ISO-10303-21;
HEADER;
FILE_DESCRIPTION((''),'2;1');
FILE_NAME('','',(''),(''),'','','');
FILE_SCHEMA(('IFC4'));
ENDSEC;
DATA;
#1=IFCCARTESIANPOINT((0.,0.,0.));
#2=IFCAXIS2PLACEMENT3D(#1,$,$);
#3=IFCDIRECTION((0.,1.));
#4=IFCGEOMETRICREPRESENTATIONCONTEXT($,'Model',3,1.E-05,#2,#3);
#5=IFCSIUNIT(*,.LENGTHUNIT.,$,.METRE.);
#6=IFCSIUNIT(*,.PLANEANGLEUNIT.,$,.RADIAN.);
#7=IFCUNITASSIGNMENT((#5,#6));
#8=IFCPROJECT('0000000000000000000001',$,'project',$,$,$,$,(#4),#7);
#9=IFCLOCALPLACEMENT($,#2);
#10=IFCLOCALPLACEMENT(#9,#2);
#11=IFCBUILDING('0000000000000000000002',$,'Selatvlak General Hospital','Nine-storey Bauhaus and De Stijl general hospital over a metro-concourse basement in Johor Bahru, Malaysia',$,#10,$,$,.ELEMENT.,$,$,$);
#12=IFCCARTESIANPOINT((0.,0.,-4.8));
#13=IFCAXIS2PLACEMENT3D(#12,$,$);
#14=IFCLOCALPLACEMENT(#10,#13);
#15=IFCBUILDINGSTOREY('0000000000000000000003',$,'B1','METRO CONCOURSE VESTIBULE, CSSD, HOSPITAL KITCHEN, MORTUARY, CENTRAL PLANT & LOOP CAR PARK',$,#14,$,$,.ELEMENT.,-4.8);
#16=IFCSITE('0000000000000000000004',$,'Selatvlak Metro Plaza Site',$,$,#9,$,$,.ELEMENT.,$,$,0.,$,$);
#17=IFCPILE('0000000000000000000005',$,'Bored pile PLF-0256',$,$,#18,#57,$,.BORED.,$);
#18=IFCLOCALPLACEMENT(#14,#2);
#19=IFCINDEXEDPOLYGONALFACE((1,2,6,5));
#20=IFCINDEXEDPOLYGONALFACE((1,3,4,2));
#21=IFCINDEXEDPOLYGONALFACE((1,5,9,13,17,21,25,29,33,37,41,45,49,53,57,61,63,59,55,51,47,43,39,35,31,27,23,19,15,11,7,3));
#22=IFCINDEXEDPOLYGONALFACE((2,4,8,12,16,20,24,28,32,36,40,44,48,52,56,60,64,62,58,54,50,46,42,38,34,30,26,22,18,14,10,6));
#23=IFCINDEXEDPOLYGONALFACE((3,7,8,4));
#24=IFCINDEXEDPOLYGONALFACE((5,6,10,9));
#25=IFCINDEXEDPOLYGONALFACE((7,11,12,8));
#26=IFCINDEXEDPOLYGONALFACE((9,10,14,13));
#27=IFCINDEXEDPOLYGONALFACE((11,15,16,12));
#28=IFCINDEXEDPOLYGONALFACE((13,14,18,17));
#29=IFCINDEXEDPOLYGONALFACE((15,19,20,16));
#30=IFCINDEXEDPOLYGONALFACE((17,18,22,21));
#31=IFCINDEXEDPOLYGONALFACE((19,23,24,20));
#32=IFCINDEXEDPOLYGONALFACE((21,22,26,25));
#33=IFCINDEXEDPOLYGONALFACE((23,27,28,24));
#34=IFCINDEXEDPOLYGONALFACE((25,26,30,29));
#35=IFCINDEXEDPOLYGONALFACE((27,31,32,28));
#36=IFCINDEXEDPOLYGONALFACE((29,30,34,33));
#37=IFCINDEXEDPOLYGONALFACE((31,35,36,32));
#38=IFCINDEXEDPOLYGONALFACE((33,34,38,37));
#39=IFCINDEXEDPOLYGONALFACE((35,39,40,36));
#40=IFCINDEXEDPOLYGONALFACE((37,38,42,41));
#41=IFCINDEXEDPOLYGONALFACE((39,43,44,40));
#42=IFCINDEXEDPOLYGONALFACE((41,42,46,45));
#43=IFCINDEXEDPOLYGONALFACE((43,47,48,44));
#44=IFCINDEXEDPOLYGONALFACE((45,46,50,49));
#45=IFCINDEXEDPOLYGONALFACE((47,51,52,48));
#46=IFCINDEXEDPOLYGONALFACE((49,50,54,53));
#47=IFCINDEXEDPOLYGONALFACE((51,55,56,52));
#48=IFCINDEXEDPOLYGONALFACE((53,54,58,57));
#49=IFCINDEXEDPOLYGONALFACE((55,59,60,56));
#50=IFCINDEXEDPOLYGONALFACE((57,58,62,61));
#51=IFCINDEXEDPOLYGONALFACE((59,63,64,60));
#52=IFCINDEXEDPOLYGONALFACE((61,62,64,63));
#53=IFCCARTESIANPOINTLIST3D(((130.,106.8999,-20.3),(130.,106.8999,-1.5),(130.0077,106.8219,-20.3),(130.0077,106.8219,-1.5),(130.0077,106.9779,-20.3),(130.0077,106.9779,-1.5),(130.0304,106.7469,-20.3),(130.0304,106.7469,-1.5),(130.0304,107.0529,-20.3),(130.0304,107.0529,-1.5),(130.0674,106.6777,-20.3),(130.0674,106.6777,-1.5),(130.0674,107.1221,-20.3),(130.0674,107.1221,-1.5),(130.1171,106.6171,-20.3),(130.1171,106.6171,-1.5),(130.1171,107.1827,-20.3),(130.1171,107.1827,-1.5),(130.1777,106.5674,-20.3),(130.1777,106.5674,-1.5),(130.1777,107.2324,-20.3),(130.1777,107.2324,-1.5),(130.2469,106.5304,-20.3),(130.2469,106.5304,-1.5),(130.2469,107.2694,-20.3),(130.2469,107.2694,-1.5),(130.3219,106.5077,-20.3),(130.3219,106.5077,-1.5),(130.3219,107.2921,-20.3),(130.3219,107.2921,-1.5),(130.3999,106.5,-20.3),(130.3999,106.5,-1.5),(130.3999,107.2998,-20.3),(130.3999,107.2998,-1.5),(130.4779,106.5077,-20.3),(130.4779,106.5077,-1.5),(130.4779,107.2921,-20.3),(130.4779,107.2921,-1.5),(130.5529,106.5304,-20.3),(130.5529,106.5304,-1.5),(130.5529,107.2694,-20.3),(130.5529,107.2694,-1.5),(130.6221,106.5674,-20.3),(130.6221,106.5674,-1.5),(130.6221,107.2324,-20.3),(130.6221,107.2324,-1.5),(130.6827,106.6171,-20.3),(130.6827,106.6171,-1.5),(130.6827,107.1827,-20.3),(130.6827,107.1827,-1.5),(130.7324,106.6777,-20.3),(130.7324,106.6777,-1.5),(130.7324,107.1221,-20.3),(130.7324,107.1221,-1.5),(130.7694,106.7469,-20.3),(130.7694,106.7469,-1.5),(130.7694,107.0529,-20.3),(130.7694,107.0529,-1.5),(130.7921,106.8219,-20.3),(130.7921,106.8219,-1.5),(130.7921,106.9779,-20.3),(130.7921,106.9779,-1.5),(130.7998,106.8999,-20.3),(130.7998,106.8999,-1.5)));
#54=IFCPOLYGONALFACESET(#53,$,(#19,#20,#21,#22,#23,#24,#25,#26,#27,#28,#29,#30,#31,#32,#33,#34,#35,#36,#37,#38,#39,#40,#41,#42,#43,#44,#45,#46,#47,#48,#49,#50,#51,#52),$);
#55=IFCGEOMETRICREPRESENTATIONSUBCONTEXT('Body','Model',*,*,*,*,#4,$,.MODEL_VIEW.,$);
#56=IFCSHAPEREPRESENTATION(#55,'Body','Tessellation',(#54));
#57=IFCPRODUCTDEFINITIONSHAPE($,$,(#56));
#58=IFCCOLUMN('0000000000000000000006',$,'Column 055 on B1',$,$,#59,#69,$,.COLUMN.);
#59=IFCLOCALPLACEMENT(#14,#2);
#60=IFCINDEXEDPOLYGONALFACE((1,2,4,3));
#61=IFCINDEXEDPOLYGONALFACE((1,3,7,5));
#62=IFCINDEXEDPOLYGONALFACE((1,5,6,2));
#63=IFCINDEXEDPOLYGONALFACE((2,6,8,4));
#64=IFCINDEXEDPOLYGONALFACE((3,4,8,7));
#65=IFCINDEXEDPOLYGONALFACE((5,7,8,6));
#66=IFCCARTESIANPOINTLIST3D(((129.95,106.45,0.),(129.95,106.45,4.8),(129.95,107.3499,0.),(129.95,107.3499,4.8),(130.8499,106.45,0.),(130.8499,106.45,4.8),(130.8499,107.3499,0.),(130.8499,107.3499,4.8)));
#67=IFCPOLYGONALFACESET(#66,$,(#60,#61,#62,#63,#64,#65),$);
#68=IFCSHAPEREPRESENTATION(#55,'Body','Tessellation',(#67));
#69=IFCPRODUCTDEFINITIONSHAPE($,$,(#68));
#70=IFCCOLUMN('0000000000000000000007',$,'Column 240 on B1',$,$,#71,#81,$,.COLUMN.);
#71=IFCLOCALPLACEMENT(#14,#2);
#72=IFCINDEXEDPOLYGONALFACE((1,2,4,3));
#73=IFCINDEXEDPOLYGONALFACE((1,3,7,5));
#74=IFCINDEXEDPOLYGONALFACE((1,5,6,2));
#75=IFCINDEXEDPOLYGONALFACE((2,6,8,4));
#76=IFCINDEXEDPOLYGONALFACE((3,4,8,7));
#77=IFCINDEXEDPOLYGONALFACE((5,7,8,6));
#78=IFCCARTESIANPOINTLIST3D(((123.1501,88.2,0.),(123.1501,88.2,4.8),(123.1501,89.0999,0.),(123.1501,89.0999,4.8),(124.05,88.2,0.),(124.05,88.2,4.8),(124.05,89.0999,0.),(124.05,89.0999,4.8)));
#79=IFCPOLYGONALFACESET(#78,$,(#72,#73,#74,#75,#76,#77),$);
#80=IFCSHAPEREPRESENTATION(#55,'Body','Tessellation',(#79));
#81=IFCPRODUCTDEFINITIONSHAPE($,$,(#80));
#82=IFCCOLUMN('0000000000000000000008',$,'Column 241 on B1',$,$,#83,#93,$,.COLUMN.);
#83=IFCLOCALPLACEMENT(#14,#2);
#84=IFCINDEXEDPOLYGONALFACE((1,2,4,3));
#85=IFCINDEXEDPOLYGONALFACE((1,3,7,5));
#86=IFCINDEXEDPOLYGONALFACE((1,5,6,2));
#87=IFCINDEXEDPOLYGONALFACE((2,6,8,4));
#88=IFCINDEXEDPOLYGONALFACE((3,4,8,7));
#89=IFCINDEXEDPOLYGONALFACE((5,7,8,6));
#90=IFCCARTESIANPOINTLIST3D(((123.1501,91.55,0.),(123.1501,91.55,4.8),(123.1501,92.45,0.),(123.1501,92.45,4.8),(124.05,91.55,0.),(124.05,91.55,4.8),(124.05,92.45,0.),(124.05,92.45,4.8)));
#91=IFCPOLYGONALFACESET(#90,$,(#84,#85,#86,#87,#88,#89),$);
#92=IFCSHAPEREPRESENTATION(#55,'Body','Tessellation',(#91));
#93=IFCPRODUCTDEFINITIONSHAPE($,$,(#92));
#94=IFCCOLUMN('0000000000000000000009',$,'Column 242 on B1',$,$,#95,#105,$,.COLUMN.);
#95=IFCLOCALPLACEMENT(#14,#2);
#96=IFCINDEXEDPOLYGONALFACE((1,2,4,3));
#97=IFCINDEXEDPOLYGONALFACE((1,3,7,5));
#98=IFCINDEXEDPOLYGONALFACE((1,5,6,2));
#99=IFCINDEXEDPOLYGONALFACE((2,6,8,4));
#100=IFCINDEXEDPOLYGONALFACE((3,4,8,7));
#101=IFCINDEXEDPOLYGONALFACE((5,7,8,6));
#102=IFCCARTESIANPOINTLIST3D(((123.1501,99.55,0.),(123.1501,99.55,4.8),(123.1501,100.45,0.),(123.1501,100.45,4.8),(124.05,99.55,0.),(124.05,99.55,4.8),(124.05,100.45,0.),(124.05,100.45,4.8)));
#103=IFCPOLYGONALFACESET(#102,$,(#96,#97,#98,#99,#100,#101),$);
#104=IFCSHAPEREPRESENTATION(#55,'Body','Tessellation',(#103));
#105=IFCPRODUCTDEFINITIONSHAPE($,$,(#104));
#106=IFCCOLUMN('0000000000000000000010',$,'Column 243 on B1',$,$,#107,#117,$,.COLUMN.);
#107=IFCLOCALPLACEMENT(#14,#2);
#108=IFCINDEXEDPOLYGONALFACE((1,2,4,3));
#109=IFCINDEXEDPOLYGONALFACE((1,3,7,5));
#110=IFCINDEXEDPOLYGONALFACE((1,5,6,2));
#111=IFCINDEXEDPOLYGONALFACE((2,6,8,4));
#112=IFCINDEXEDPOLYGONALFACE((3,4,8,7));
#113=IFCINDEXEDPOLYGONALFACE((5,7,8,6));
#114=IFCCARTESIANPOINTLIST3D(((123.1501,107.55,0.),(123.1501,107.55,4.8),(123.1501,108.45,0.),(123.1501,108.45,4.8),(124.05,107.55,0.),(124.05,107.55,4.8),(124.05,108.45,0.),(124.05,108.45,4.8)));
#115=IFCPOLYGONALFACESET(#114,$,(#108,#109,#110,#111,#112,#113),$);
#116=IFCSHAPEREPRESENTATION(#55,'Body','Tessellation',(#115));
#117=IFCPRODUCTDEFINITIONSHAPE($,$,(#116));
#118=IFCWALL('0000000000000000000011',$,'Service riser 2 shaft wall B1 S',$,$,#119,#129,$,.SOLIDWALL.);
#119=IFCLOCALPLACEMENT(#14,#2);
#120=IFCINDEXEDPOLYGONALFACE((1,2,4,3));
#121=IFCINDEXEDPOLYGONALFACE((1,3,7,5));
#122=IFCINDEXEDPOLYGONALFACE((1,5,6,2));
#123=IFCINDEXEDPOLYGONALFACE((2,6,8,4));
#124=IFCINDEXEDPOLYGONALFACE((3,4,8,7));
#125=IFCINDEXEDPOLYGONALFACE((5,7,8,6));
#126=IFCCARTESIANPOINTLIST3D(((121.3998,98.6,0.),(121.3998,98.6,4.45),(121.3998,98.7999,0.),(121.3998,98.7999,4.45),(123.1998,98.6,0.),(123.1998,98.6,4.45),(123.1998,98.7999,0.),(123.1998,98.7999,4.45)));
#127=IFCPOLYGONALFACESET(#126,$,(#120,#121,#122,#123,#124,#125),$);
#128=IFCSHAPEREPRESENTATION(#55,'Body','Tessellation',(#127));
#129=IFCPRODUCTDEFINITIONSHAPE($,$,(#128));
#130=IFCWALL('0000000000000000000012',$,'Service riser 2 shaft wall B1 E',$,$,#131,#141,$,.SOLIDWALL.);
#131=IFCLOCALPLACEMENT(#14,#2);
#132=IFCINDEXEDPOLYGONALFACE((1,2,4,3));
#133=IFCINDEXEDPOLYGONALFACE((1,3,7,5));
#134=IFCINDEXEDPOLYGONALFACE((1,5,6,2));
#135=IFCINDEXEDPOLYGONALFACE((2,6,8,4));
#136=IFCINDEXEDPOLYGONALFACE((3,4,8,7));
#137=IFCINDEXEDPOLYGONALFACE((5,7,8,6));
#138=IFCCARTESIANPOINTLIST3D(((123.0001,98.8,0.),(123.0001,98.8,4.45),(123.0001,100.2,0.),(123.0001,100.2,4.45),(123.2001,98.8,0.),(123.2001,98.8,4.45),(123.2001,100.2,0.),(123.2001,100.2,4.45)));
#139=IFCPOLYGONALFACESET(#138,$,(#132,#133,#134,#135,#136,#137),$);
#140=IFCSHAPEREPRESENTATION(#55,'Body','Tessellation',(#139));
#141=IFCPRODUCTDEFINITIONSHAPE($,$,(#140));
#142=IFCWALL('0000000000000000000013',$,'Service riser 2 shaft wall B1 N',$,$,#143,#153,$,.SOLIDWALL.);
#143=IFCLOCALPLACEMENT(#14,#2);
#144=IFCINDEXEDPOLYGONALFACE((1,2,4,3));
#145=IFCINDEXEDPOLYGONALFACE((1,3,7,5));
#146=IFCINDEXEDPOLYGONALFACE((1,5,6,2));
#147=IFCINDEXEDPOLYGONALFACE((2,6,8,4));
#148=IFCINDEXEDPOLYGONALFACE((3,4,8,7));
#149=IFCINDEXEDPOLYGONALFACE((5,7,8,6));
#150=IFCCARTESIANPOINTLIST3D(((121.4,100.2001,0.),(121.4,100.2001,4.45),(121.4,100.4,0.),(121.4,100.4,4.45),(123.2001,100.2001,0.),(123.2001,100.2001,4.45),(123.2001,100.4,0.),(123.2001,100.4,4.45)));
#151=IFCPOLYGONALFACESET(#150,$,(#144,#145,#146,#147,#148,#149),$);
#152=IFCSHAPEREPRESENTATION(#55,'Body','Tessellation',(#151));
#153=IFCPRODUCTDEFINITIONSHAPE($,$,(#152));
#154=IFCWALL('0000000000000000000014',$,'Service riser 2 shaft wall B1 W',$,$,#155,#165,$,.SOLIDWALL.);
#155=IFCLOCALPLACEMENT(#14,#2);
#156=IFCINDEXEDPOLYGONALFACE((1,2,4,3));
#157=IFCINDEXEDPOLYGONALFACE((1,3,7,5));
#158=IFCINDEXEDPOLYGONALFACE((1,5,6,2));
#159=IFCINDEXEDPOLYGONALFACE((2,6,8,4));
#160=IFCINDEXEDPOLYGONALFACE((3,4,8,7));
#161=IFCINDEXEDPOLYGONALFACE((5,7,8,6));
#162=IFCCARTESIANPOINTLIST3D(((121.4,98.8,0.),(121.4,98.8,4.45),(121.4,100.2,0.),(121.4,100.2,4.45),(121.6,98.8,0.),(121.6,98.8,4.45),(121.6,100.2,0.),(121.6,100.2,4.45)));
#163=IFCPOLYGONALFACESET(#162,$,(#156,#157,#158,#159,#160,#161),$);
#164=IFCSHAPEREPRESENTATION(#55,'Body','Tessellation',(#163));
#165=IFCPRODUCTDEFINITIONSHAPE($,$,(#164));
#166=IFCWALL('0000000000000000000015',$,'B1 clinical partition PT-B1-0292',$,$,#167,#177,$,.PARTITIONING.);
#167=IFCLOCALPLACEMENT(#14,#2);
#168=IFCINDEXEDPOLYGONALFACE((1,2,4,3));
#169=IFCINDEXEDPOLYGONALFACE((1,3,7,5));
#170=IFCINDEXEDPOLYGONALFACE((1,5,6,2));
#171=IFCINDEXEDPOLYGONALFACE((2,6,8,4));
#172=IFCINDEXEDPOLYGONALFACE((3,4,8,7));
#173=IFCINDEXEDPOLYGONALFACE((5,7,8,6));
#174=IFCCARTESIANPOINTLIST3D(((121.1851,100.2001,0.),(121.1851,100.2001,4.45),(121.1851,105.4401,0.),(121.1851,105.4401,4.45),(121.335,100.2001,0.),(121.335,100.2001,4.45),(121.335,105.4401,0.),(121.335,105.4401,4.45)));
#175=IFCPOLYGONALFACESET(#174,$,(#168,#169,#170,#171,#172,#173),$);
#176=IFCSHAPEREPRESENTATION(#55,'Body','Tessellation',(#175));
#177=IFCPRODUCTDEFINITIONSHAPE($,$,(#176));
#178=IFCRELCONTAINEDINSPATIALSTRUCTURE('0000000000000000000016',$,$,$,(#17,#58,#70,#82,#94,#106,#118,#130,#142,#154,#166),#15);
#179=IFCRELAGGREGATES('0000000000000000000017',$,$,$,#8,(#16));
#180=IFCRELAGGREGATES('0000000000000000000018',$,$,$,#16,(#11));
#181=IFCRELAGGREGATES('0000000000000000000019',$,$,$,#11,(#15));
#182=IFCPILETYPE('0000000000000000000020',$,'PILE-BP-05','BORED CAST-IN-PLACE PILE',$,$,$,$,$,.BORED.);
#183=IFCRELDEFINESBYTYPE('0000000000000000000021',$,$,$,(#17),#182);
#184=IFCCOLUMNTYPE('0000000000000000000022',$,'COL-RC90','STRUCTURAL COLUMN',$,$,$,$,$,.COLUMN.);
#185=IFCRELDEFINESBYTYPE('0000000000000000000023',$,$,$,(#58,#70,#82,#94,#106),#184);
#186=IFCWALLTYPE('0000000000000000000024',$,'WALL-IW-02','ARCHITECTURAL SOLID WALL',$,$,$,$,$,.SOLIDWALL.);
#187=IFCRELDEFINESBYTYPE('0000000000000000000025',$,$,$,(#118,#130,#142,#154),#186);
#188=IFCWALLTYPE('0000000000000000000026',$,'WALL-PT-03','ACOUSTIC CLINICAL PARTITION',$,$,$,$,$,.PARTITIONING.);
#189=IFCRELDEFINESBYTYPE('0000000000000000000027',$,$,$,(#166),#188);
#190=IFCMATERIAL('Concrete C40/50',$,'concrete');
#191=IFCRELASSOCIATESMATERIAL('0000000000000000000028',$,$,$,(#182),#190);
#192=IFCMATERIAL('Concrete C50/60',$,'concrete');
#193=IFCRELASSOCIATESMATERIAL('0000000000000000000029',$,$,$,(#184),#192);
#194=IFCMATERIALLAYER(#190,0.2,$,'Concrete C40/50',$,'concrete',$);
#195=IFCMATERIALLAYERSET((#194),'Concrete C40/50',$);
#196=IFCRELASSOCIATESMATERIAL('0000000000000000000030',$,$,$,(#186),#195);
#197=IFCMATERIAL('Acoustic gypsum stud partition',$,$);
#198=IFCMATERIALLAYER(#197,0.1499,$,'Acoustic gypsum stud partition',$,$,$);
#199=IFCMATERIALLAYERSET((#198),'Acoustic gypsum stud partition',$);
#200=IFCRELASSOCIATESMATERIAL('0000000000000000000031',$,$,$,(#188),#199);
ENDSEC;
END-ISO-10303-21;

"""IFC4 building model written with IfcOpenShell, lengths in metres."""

from ifc_helpers import new_model, si_unit, direction, frame, frame_2d, origin, origin_2d, place, context, subcontext, project, spatial, rectangle, circle, extrude, material, layer, layer_set, material_profile, profile_set, type_object, element, save


model = new_model("IFC4")

# Units and contexts
model_context = context("Model", 3, precision=1e-05, world=origin(), true_north=direction((0.0, 1.0)))
body_context = subcontext(model_context, "Body", "Model", "MODEL_VIEW")
ifc_project = project(units=[si_unit("LENGTHUNIT", "METRE"), si_unit("PLANEANGLEUNIT", "RADIAN")], contexts=[model_context])

# Site, building, storey
site_placement = place(None, origin())
site = spatial("IfcSite", under=ifc_project, at=site_placement, Name="Selatvlak Metro Plaza Site", CompositionType="ELEMENT", RefElevation=0.0)
building_placement = place(site_placement, origin())
building = spatial("IfcBuilding", under=site, at=building_placement, Name="Selatvlak General Hospital", Description="Nine-storey Bauhaus and De Stijl general hospital over a metro-concourse basement in Johor Bahru, Malaysia", CompositionType="ELEMENT")
storey_placement = place(building_placement, frame((0.0, 0.0, -4.8)))
storey = spatial("IfcBuildingStorey", under=building, at=storey_placement, Name="B1", Description="METRO CONCOURSE VESTIBULE, CSSD, HOSPITAL KITCHEN, MORTUARY, CENTRAL PLANT & LOOP CAR PARK", CompositionType="ELEMENT", Elevation=-4.8)

# Shared definitions
ifc_material_1 = material(Name="Concrete C40/50", Category="concrete")

# Pile
ifc_material_profile_1 = material_profile(ifc_material_1, circle(Radius=0.3999, at=origin_2d()), Name="BORED PILE 800")
ifc_profile_set_1 = profile_set([ifc_material_profile_1], Name="Concrete C40/50")
pile_type_1 = type_object("IfcPileType", Name="PILE-BP-05", Description="BORED CAST-IN-PLACE PILE", PredefinedType="BORED", material=ifc_profile_set_1)
pile_1_placement = place(storey_placement, frame((130.3999, 106.8999, -1.5), z_axis=(0.0, 0.0, -1.0), x_axis=(1.0, 0.0, 0.0)))
element("IfcPile", 1, at=pile_1_placement, inside=storey, type_object=pile_type_1, Name="Bored pile PLF-0256", PredefinedType="BORED", context=body_context, shape_type="SweptSolid", body=[
    extrude(circle(Radius=0.3999, at=origin_2d()), origin(), (0.0, 0.0, 1.0), 18.8),
])

# Columns
ifc_material_2 = material(Name="Concrete C50/60", Category="concrete")
ifc_material_profile_2 = material_profile(ifc_material_2, rectangle(XDim=0.8999, YDim=0.8999, at=origin_2d()), Name="RC-COL 900x900")
ifc_profile_set_2 = profile_set([ifc_material_profile_2], Name="Concrete C50/60")
column_type = type_object("IfcColumnType", Name="COL-RC90", Description="STRUCTURAL COLUMN", PredefinedType="COLUMN", material=ifc_profile_set_2)
for number, where, z_axis, x_axis, name in (
    (2, (130.3999, 106.8999, 0.0), (0.0, 0.0, 1.0), (1.0, 0.0, 0.0), "Column 055 on B1"),
    (3, (123.6001, 88.6499, 0.0), (0.0, 0.0, 1.0), (1.0, 0.0, 0.0), "Column 240 on B1"),
    (4, (123.6001, 92.0, 0.0), (0.0, 0.0, 1.0), (1.0, 0.0, 0.0), "Column 241 on B1"),
    (5, (123.6001, 100.0, 0.0), (0.0, 0.0, 1.0), (1.0, 0.0, 0.0), "Column 242 on B1"),
    (6, (123.6001, 108.0, 0.0), (0.0, 0.0, 1.0), (1.0, 0.0, 0.0), "Column 243 on B1"),
):
    element("IfcColumn", number, at=place(storey_placement, frame(where, z_axis=z_axis, x_axis=x_axis)), inside=storey, type_object=column_type, Name=name, PredefinedType="COLUMN", context=body_context, shape_type="SweptSolid", body=[
        extrude(rectangle(XDim=0.8999, YDim=0.8999, at=origin_2d()), origin(), (0.0, 0.0, 1.0), 4.8),
    ])

# Walls
ifc_layer_1 = layer(ifc_material_1, 0.2, Name="Concrete C40/50", Category="concrete")
ifc_layer_set_1 = layer_set([ifc_layer_1], Name="Concrete C40/50")
wall_type_1 = type_object("IfcWallType", Name="WALL-IW-02", Description="ARCHITECTURAL SOLID WALL", PredefinedType="SOLIDWALL", material=ifc_layer_set_1)
wall_1_placement = place(storey_placement, frame((121.3999, 98.7, 0.0), z_axis=(0.0, 0.0, 1.0), x_axis=(1.0, 0.0, 0.0)))
element("IfcWall", 7, at=wall_1_placement, inside=storey, type_object=wall_type_1, Name="Service riser 2 shaft wall B1 S", PredefinedType="SOLIDWALL", context=body_context, shape_type="SweptSolid", body=[
    extrude(rectangle(XDim=1.8, YDim=0.2, at=frame_2d((0.8999, 0.0))), origin(), (0.0, 0.0, 1.0), 4.45),
])
wall_2_placement = place(storey_placement, frame((123.1001, 98.8, 0.0), z_axis=(0.0, 0.0, 1.0), x_axis=(0.0, 1.0, 0.0)))
element("IfcWall", 8, at=wall_2_placement, inside=storey, type_object=wall_type_1, Name="Service riser 2 shaft wall B1 E", PredefinedType="SOLIDWALL", context=body_context, shape_type="SweptSolid", body=[
    extrude(rectangle(XDim=1.3999, YDim=0.2, at=frame_2d((0.7, 0.0))), origin(), (0.0, 0.0, 1.0), 4.45),
])
wall_3_placement = place(storey_placement, frame((123.2, 100.3, 0.0), z_axis=(0.0, 0.0, 1.0), x_axis=(-1.0, 0.0, 0.0)))
element("IfcWall", 9, at=wall_3_placement, inside=storey, type_object=wall_type_1, Name="Service riser 2 shaft wall B1 N", PredefinedType="SOLIDWALL", context=body_context, shape_type="SweptSolid", body=[
    extrude(rectangle(XDim=1.8, YDim=0.2, at=frame_2d((0.8999, 0.0))), origin(), (0.0, 0.0, 1.0), 4.45),
])
wall_4_placement = place(storey_placement, frame((121.5, 100.2, 0.0), z_axis=(0.0, 0.0, 1.0), x_axis=(0.0, -1.0, 0.0)))
element("IfcWall", 10, at=wall_4_placement, inside=storey, type_object=wall_type_1, Name="Service riser 2 shaft wall B1 W", PredefinedType="SOLIDWALL", context=body_context, shape_type="SweptSolid", body=[
    extrude(rectangle(XDim=1.3999, YDim=0.2, at=frame_2d((0.7, 0.0))), origin(), (0.0, 0.0, 1.0), 4.45),
])
ifc_material_3 = material(Name="Acoustic gypsum stud partition")
ifc_layer_2 = layer(ifc_material_3, 0.1499, Name="Acoustic gypsum stud partition")
ifc_layer_set_2 = layer_set([ifc_layer_2], Name="Acoustic gypsum stud partition")
wall_type_2 = type_object("IfcWallType", Name="WALL-PT-03", Description="ACOUSTIC CLINICAL PARTITION", PredefinedType="PARTITIONING", material=ifc_layer_set_2)
wall_5_placement = place(storey_placement, frame((121.26, 100.2, 0.0), z_axis=(0.0, 0.0, 1.0), x_axis=(0.0, 1.0, 0.0)))
element("IfcWall", 11, at=wall_5_placement, inside=storey, type_object=wall_type_2, Name="B1 clinical partition PT-B1-0292", PredefinedType="PARTITIONING", context=body_context, shape_type="SweptSolid", body=[
    extrude(rectangle(XDim=5.24, YDim=0.1499, at=frame_2d((2.6201, 0.0))), origin(), (0.0, 0.0, 1.0), 4.45),
])

save(model, "model.ifc")
